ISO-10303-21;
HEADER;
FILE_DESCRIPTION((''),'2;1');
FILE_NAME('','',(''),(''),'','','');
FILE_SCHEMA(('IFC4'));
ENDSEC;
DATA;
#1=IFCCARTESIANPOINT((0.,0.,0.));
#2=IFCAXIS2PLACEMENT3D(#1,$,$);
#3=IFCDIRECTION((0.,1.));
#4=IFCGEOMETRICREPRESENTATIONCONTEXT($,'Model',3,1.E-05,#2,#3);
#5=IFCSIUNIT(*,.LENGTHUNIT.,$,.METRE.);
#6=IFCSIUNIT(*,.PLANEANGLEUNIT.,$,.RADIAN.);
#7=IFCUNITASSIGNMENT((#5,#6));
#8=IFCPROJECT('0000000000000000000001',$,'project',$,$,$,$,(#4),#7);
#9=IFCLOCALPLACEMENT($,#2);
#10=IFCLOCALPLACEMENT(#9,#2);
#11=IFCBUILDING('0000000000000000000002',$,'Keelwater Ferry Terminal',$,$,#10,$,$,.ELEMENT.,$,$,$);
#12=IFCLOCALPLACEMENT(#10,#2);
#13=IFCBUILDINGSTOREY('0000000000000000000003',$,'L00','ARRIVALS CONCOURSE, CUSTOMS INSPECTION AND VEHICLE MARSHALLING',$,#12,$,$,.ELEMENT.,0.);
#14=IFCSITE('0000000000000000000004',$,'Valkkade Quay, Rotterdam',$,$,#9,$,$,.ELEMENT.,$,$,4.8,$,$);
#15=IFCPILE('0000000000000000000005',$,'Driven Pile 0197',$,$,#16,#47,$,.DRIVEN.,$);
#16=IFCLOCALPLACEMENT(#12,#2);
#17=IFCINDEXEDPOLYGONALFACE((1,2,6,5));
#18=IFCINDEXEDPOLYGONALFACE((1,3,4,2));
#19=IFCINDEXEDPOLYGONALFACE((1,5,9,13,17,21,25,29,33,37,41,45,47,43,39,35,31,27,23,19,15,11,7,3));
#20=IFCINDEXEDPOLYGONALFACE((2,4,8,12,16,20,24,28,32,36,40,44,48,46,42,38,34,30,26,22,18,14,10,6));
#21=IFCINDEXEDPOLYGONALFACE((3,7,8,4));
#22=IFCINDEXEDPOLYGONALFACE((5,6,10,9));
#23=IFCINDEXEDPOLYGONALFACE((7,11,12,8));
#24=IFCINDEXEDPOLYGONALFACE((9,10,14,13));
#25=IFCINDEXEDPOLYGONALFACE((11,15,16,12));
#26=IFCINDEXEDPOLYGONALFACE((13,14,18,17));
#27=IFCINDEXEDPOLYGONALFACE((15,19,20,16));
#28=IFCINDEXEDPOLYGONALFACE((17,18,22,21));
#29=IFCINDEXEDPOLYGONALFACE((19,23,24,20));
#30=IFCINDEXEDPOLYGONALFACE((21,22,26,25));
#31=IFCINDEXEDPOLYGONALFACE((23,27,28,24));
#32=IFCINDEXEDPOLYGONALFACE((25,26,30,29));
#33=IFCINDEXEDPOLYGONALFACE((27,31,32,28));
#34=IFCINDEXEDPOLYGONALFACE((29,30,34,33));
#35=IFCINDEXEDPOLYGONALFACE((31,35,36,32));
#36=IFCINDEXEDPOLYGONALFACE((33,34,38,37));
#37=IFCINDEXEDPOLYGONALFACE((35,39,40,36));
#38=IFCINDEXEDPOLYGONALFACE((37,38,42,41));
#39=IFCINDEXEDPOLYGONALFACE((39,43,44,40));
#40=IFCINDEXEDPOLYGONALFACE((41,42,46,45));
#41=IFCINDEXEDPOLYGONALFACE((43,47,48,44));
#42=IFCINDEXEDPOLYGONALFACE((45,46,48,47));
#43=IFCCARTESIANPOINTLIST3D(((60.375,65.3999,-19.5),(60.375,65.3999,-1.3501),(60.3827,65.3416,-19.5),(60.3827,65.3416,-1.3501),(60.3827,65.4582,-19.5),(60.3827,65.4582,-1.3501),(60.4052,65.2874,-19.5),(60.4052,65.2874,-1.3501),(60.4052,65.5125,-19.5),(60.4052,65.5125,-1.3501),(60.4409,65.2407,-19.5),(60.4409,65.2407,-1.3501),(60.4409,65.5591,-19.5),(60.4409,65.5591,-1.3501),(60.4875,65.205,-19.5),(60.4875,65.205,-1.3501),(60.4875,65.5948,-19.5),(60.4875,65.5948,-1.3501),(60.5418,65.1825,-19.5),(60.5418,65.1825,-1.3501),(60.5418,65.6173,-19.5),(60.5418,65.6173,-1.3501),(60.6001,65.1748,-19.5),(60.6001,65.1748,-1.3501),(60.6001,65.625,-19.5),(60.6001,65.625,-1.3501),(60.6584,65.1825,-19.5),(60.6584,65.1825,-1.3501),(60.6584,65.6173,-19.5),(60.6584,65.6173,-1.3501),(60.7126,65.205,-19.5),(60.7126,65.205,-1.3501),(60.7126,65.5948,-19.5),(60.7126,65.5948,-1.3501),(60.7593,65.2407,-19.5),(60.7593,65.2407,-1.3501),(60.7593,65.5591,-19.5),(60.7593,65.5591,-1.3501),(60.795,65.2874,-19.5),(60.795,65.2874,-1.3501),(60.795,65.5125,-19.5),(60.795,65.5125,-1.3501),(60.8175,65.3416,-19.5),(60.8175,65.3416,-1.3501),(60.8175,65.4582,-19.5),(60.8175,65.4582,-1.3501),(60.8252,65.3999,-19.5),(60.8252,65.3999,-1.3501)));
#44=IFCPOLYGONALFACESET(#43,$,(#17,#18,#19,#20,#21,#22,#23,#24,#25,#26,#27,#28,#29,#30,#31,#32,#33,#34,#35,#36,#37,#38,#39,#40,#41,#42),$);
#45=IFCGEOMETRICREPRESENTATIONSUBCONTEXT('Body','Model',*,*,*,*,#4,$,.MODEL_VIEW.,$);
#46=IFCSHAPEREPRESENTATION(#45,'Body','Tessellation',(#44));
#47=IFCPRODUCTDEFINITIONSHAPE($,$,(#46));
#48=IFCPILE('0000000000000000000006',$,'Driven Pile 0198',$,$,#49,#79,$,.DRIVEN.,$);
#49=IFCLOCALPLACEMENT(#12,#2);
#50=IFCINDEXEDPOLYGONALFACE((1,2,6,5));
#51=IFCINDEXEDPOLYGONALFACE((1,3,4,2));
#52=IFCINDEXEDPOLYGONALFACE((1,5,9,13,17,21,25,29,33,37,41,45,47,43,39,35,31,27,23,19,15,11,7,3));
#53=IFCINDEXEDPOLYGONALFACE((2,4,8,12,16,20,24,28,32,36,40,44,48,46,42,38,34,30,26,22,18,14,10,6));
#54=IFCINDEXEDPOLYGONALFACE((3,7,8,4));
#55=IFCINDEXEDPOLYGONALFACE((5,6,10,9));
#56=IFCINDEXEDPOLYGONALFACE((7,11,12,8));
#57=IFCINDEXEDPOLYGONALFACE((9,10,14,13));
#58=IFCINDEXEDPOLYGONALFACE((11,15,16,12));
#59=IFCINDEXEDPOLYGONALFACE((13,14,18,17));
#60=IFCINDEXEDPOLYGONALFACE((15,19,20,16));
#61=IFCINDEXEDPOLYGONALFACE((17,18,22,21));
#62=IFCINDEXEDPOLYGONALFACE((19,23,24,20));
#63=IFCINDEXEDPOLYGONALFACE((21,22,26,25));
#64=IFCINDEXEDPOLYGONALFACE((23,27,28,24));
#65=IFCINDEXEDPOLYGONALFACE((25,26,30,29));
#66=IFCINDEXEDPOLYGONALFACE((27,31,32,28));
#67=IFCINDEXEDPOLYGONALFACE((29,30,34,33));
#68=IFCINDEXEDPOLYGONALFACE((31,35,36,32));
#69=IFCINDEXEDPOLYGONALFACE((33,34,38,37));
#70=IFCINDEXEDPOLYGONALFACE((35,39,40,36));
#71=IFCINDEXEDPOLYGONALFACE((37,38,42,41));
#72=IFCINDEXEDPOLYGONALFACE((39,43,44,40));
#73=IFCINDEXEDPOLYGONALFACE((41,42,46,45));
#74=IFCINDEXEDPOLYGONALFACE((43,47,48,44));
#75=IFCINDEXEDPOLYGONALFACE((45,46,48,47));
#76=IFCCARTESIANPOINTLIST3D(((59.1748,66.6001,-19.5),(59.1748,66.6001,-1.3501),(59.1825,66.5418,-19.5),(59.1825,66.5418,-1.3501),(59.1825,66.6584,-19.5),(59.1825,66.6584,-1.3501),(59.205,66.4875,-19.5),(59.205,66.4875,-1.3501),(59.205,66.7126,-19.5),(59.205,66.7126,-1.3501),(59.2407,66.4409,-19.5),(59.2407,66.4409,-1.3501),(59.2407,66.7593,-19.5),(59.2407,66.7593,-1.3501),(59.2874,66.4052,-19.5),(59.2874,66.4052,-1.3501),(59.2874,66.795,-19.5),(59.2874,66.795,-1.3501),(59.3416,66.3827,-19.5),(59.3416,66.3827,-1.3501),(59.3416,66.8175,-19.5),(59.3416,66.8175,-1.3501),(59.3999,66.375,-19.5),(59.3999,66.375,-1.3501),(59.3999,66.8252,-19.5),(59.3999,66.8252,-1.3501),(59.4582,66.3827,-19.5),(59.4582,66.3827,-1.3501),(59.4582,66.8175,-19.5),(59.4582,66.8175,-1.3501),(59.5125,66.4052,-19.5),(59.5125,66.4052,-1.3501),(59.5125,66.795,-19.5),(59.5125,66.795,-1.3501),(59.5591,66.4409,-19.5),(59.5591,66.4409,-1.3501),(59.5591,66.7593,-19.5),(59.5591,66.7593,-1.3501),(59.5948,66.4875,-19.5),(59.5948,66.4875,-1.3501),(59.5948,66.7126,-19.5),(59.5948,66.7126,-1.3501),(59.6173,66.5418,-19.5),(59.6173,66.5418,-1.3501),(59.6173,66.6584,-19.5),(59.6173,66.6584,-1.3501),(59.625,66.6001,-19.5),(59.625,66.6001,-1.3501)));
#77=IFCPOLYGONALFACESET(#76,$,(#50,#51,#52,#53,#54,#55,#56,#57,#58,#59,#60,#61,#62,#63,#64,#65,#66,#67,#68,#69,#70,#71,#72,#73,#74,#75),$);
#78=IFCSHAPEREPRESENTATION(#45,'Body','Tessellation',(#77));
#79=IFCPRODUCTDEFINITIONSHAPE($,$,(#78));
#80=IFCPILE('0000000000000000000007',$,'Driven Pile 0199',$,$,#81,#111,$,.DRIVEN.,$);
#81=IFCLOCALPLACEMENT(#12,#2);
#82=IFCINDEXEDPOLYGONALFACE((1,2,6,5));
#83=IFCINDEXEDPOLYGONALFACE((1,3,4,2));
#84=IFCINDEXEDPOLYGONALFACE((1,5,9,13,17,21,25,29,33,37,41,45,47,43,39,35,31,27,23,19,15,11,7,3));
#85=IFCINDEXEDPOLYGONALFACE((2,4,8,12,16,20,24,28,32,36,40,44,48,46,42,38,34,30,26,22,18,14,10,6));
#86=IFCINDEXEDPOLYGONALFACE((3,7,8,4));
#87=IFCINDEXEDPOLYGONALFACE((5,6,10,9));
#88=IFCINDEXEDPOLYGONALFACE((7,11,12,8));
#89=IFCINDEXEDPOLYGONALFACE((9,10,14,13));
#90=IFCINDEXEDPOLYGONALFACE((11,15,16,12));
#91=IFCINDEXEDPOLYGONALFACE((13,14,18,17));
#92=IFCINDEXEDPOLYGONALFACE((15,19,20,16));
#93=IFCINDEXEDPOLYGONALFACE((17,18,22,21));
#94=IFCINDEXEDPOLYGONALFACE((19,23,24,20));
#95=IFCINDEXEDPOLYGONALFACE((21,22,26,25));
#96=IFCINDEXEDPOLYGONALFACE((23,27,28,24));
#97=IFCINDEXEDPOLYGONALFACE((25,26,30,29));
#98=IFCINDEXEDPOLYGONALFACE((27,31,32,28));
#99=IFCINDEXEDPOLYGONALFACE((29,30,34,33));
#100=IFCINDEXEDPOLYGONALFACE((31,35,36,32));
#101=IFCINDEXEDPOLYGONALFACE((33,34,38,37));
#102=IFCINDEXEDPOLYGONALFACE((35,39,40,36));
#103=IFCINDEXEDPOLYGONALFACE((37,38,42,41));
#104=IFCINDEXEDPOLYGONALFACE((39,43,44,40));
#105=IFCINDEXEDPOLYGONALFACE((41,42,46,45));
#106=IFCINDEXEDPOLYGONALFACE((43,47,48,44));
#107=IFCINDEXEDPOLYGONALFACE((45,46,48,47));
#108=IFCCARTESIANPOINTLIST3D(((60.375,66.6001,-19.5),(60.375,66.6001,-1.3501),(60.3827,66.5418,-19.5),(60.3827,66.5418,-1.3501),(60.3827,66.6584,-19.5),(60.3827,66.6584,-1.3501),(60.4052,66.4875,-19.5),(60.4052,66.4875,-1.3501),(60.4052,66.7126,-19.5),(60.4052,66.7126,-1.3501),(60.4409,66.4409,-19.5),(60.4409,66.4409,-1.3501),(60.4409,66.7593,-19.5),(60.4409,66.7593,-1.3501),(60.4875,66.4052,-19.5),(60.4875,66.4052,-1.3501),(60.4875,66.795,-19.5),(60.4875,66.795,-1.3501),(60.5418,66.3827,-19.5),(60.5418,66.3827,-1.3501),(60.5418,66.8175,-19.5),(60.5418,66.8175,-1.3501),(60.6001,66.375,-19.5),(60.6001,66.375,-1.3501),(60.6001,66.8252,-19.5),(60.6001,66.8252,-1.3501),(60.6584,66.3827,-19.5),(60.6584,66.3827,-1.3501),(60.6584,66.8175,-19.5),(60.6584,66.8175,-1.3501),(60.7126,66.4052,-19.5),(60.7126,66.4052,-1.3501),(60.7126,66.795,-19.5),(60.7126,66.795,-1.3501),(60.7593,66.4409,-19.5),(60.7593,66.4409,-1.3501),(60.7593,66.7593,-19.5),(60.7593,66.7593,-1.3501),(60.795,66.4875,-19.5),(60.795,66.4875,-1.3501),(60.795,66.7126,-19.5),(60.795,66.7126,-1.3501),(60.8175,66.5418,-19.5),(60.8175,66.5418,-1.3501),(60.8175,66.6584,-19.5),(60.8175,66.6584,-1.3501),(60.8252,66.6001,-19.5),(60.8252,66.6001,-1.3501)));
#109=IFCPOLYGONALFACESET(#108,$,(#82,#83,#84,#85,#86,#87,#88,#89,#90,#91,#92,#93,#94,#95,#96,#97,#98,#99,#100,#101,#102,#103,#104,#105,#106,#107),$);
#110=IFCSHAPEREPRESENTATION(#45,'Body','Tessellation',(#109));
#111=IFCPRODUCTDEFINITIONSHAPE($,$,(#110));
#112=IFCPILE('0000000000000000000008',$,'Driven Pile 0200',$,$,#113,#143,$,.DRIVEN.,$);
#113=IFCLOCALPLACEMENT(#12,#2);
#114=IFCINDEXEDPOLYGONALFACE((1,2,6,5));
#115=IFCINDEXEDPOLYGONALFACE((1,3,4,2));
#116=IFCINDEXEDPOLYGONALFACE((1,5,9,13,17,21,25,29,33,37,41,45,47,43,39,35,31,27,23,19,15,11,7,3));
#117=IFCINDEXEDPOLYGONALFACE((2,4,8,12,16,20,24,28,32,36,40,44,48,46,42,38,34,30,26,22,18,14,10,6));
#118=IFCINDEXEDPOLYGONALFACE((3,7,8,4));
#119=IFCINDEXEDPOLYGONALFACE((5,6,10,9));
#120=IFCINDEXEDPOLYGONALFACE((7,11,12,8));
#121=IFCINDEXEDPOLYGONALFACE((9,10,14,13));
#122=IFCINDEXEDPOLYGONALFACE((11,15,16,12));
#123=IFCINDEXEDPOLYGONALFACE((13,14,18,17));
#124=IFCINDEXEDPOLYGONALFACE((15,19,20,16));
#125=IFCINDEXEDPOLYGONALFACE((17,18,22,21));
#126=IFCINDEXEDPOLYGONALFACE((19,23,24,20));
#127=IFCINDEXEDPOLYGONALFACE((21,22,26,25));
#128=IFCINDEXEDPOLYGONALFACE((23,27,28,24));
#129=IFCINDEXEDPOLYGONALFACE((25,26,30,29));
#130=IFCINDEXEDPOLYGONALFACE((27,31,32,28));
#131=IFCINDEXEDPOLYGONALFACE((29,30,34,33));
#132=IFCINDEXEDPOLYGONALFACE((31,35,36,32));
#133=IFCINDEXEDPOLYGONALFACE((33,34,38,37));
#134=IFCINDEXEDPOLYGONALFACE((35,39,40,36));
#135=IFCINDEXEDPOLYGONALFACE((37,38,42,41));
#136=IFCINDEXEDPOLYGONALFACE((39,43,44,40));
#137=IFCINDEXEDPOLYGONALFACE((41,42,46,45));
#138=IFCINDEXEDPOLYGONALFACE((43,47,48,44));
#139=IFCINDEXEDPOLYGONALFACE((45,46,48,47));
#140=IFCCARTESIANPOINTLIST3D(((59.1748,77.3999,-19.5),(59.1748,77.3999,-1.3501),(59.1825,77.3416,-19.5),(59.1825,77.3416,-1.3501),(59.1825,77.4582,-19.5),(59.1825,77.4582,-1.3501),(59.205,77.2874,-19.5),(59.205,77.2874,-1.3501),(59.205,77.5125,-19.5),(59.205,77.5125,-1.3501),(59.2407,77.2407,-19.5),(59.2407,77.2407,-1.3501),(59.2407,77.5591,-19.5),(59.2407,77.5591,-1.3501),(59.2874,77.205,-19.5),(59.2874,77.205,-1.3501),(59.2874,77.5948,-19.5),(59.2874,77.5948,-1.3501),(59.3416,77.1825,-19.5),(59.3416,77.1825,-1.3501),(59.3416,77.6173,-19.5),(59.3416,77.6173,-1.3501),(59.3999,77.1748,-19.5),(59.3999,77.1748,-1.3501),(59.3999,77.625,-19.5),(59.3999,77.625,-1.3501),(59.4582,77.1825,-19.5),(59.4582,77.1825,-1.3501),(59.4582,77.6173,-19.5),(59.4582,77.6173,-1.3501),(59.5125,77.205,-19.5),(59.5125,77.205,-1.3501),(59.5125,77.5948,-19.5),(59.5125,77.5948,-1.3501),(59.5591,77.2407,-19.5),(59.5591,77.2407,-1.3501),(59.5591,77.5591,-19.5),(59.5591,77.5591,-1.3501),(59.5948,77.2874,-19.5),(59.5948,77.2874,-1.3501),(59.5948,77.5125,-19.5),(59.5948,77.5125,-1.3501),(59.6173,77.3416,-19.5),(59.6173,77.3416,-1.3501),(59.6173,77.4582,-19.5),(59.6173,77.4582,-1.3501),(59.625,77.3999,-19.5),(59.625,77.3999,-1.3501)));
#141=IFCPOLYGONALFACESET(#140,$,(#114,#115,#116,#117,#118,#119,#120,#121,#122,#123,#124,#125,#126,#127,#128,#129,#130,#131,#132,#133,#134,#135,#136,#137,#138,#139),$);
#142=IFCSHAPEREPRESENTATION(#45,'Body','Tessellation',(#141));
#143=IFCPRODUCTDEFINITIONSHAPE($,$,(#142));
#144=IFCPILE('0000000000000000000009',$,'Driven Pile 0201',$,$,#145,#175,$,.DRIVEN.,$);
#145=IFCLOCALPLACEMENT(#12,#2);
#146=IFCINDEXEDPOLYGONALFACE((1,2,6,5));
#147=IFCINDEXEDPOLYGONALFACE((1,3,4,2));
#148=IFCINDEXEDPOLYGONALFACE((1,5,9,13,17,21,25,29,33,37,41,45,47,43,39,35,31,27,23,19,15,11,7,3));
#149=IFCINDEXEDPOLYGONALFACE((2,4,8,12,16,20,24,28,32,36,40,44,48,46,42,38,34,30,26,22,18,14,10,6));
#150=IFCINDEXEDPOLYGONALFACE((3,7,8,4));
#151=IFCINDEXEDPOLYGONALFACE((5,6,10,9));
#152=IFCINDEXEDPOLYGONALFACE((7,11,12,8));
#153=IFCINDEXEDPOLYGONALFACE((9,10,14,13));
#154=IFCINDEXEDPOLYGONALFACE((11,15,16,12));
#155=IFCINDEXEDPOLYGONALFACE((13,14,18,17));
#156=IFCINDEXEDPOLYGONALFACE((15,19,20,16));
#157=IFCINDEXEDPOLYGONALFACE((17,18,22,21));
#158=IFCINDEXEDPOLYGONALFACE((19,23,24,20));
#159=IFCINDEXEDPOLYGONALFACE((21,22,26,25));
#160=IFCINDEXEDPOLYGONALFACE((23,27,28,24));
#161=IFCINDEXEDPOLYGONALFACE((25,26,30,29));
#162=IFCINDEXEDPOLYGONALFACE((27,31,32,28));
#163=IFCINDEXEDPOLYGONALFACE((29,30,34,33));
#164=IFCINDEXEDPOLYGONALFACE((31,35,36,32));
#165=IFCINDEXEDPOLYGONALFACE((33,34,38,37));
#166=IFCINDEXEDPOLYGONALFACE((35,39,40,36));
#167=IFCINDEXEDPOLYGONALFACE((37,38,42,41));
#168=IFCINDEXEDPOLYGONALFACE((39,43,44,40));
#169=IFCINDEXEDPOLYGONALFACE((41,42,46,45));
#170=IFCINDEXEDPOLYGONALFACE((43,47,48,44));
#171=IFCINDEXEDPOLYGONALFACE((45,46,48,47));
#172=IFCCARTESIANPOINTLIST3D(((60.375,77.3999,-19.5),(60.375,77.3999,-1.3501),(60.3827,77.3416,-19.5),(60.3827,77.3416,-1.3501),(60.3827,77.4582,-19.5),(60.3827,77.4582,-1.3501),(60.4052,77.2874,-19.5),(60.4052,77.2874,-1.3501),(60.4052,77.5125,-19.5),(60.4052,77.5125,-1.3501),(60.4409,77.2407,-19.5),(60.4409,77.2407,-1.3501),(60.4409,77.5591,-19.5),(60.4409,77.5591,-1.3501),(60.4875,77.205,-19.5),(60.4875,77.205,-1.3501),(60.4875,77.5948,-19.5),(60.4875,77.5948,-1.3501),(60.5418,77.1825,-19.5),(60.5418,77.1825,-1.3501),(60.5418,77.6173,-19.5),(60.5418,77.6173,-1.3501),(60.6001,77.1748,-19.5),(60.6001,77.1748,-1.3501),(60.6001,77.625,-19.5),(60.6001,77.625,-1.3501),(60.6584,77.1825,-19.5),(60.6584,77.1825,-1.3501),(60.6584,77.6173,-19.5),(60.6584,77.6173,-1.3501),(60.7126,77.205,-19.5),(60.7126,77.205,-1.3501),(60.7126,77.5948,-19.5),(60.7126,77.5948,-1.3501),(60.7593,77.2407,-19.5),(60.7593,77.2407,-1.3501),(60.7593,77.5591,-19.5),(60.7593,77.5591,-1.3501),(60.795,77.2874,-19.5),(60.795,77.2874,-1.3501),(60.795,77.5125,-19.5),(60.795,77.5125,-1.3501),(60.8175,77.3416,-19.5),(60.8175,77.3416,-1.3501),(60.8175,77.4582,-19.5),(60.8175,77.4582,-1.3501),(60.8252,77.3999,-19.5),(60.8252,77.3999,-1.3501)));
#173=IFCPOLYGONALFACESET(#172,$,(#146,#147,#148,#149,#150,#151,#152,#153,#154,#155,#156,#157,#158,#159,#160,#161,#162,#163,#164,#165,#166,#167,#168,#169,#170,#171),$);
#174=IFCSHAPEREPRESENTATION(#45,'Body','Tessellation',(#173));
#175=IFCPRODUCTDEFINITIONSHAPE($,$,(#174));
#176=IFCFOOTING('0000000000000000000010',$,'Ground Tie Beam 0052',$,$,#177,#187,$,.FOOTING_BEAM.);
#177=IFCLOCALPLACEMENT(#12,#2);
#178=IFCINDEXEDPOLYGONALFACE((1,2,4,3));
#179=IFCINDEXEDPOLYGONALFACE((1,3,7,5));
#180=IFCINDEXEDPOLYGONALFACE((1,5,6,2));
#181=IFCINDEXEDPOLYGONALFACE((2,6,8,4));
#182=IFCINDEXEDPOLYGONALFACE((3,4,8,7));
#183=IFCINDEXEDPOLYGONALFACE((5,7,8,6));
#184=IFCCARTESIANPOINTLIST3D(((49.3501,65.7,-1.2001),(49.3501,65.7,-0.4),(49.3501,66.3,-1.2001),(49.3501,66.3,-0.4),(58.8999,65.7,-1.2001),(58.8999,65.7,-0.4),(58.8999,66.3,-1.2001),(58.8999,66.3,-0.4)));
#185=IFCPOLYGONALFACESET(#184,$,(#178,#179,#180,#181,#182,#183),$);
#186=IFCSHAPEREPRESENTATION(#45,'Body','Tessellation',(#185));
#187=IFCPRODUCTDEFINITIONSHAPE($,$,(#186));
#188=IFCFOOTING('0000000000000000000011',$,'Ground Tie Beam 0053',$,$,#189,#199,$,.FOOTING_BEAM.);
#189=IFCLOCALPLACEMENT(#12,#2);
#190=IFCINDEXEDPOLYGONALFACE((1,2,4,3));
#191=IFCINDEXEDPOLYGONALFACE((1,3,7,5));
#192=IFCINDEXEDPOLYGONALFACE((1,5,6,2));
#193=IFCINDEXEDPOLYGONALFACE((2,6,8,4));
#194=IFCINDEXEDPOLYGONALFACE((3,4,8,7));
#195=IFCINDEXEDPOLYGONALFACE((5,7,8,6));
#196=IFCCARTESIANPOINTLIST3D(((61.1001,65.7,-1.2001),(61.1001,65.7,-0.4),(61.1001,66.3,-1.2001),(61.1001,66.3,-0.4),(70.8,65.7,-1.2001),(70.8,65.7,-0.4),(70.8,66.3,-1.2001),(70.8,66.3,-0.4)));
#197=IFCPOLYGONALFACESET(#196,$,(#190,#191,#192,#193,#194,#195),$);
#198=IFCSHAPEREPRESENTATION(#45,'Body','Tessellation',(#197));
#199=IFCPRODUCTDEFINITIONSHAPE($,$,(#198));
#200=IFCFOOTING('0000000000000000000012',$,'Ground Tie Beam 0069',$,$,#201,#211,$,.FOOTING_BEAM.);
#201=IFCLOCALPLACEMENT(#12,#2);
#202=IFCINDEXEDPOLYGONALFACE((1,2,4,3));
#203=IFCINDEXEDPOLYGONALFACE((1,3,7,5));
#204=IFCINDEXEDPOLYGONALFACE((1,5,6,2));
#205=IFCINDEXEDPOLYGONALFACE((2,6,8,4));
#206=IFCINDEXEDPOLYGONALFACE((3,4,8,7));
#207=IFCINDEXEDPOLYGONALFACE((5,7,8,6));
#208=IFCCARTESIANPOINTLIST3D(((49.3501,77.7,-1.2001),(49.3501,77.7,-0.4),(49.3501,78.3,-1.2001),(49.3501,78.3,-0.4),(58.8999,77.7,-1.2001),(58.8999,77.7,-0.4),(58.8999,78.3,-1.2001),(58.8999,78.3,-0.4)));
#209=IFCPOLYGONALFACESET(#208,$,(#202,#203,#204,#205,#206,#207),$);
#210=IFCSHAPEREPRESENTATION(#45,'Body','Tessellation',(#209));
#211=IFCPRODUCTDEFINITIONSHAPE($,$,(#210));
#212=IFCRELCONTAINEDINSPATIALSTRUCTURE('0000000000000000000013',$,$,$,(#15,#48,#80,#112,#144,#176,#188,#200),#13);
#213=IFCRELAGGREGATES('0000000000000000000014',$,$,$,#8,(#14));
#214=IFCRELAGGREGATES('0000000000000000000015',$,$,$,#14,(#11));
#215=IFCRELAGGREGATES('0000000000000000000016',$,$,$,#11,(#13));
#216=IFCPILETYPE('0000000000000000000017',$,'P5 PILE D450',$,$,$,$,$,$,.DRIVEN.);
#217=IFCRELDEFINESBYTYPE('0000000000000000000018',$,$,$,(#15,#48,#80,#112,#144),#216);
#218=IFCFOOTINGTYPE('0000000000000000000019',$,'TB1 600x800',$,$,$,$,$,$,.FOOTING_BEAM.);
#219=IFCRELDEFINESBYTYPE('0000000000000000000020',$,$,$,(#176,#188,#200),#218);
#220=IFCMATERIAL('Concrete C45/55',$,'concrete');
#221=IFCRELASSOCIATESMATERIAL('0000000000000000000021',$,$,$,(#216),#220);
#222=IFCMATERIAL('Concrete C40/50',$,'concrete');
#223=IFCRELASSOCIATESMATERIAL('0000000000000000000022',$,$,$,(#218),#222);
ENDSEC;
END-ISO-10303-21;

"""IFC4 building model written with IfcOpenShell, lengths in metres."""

from ifc_helpers import new_model, si_unit, direction, frame, origin, origin_2d, place, context, subcontext, project, spatial, rectangle, circle, extrude, material, material_profile, profile_set, type_object, element, save


model = new_model("IFC4")

# Units and contexts
model_context = context("Model", 3, precision=1e-05, world=origin(), true_north=direction((0.0, 1.0)))
body_context = subcontext(model_context, "Body", "Model", "MODEL_VIEW")
ifc_project = project(units=[si_unit("LENGTHUNIT", "METRE"), si_unit("PLANEANGLEUNIT", "RADIAN")], contexts=[model_context])

# Site, building, storey
site_placement = place(None, origin())
site = spatial("IfcSite", under=ifc_project, at=site_placement, Name="Valkkade Quay, Rotterdam", CompositionType="ELEMENT", RefElevation=4.8)
building_placement = place(site_placement, origin())
building = spatial("IfcBuilding", under=site, at=building_placement, Name="Keelwater Ferry Terminal", CompositionType="ELEMENT")
storey_placement = place(building_placement, origin())
storey = spatial("IfcBuildingStorey", under=building, at=storey_placement, Name="L00", Description="ARRIVALS CONCOURSE, CUSTOMS INSPECTION AND VEHICLE MARSHALLING", CompositionType="ELEMENT", Elevation=0.0)

# Piles
ifc_material_1 = material(Name="Concrete C45/55", Category="concrete")
ifc_material_profile_1 = material_profile(ifc_material_1, circle(Radius=0.2251, at=origin_2d()), Name="PILE D450")
ifc_profile_set_1 = profile_set([ifc_material_profile_1], Name="Concrete C45/55")
pile_type_1 = type_object("IfcPileType", Name="P5 PILE D450", PredefinedType="DRIVEN", material=ifc_profile_set_1)
for number, where, z_axis, x_axis, name in (
    (1, (60.6001, 65.3999, -1.3501), (0.0, 0.0, -1.0), (1.0, 0.0, 0.0), "Driven Pile 0197"),
    (2, (59.3999, 66.6001, -1.3501), (0.0, 0.0, -1.0), (1.0, 0.0, 0.0), "Driven Pile 0198"),
    (3, (60.6001, 66.6001, -1.3501), (0.0, 0.0, -1.0), (1.0, 0.0, 0.0), "Driven Pile 0199"),
    (4, (59.3999, 77.3999, -1.3501), (0.0, 0.0, -1.0), (1.0, 0.0, 0.0), "Driven Pile 0200"),
    (5, (60.6001, 77.3999, -1.3501), (0.0, 0.0, -1.0), (1.0, 0.0, 0.0), "Driven Pile 0201"),
):
    element("IfcPile", number, at=place(storey_placement, frame(where, z_axis=z_axis, x_axis=x_axis)), inside=storey, type_object=pile_type_1, Name=name, PredefinedType="DRIVEN", context=body_context, shape_type="SweptSolid", body=[
        extrude(circle(Radius=0.2251, at=origin_2d()), origin(), (0.0, 0.0, 1.0), 18.1499),
    ])

# Footings
ifc_material_2 = material(Name="Concrete C40/50", Category="concrete")
ifc_material_profile_2 = material_profile(ifc_material_2, rectangle(XDim=0.6001, YDim=0.8, at=origin_2d()), Name="TB 600x800")
ifc_profile_set_2 = profile_set([ifc_material_profile_2], Name="Concrete C40/50")
footing_type_1 = type_object("IfcFootingType", Name="TB1 600x800", PredefinedType="FOOTING_BEAM", material=ifc_profile_set_2)
footing_1_placement = place(storey_placement, frame((49.3501, 66.0, -0.8), z_axis=(1.0, 0.0, 0.0), x_axis=(0.0, 1.0, 0.0)))
element("IfcFooting", 6, at=footing_1_placement, inside=storey, type_object=footing_type_1, Name="Ground Tie Beam 0052", PredefinedType="FOOTING_BEAM", context=body_context, shape_type="SweptSolid", body=[
    extrude(rectangle(XDim=0.6001, YDim=0.8, at=origin_2d()), origin(), (0.0, 0.0, 1.0), 9.5498),
])
footing_2_placement = place(storey_placement, frame((61.1001, 66.0, -0.8), z_axis=(1.0, 0.0, 0.0), x_axis=(0.0, 1.0, 0.0)))
element("IfcFooting", 7, at=footing_2_placement, inside=storey, type_object=footing_type_1, Name="Ground Tie Beam 0053", PredefinedType="FOOTING_BEAM", context=body_context, shape_type="SweptSolid", body=[
    extrude(rectangle(XDim=0.6001, YDim=0.8, at=origin_2d()), origin(), (0.0, 0.0, 1.0), 9.7),
])
footing_3_placement = place(storey_placement, frame((49.3501, 78.0, -0.8), z_axis=(1.0, 0.0, 0.0), x_axis=(0.0, 1.0, 0.0)))
element("IfcFooting", 8, at=footing_3_placement, inside=storey, type_object=footing_type_1, Name="Ground Tie Beam 0069", PredefinedType="FOOTING_BEAM", context=body_context, shape_type="SweptSolid", body=[
    extrude(rectangle(XDim=0.6001, YDim=0.8, at=origin_2d()), origin(), (0.0, 0.0, 1.0), 9.5498),
])

save(model, "model.ifc")
